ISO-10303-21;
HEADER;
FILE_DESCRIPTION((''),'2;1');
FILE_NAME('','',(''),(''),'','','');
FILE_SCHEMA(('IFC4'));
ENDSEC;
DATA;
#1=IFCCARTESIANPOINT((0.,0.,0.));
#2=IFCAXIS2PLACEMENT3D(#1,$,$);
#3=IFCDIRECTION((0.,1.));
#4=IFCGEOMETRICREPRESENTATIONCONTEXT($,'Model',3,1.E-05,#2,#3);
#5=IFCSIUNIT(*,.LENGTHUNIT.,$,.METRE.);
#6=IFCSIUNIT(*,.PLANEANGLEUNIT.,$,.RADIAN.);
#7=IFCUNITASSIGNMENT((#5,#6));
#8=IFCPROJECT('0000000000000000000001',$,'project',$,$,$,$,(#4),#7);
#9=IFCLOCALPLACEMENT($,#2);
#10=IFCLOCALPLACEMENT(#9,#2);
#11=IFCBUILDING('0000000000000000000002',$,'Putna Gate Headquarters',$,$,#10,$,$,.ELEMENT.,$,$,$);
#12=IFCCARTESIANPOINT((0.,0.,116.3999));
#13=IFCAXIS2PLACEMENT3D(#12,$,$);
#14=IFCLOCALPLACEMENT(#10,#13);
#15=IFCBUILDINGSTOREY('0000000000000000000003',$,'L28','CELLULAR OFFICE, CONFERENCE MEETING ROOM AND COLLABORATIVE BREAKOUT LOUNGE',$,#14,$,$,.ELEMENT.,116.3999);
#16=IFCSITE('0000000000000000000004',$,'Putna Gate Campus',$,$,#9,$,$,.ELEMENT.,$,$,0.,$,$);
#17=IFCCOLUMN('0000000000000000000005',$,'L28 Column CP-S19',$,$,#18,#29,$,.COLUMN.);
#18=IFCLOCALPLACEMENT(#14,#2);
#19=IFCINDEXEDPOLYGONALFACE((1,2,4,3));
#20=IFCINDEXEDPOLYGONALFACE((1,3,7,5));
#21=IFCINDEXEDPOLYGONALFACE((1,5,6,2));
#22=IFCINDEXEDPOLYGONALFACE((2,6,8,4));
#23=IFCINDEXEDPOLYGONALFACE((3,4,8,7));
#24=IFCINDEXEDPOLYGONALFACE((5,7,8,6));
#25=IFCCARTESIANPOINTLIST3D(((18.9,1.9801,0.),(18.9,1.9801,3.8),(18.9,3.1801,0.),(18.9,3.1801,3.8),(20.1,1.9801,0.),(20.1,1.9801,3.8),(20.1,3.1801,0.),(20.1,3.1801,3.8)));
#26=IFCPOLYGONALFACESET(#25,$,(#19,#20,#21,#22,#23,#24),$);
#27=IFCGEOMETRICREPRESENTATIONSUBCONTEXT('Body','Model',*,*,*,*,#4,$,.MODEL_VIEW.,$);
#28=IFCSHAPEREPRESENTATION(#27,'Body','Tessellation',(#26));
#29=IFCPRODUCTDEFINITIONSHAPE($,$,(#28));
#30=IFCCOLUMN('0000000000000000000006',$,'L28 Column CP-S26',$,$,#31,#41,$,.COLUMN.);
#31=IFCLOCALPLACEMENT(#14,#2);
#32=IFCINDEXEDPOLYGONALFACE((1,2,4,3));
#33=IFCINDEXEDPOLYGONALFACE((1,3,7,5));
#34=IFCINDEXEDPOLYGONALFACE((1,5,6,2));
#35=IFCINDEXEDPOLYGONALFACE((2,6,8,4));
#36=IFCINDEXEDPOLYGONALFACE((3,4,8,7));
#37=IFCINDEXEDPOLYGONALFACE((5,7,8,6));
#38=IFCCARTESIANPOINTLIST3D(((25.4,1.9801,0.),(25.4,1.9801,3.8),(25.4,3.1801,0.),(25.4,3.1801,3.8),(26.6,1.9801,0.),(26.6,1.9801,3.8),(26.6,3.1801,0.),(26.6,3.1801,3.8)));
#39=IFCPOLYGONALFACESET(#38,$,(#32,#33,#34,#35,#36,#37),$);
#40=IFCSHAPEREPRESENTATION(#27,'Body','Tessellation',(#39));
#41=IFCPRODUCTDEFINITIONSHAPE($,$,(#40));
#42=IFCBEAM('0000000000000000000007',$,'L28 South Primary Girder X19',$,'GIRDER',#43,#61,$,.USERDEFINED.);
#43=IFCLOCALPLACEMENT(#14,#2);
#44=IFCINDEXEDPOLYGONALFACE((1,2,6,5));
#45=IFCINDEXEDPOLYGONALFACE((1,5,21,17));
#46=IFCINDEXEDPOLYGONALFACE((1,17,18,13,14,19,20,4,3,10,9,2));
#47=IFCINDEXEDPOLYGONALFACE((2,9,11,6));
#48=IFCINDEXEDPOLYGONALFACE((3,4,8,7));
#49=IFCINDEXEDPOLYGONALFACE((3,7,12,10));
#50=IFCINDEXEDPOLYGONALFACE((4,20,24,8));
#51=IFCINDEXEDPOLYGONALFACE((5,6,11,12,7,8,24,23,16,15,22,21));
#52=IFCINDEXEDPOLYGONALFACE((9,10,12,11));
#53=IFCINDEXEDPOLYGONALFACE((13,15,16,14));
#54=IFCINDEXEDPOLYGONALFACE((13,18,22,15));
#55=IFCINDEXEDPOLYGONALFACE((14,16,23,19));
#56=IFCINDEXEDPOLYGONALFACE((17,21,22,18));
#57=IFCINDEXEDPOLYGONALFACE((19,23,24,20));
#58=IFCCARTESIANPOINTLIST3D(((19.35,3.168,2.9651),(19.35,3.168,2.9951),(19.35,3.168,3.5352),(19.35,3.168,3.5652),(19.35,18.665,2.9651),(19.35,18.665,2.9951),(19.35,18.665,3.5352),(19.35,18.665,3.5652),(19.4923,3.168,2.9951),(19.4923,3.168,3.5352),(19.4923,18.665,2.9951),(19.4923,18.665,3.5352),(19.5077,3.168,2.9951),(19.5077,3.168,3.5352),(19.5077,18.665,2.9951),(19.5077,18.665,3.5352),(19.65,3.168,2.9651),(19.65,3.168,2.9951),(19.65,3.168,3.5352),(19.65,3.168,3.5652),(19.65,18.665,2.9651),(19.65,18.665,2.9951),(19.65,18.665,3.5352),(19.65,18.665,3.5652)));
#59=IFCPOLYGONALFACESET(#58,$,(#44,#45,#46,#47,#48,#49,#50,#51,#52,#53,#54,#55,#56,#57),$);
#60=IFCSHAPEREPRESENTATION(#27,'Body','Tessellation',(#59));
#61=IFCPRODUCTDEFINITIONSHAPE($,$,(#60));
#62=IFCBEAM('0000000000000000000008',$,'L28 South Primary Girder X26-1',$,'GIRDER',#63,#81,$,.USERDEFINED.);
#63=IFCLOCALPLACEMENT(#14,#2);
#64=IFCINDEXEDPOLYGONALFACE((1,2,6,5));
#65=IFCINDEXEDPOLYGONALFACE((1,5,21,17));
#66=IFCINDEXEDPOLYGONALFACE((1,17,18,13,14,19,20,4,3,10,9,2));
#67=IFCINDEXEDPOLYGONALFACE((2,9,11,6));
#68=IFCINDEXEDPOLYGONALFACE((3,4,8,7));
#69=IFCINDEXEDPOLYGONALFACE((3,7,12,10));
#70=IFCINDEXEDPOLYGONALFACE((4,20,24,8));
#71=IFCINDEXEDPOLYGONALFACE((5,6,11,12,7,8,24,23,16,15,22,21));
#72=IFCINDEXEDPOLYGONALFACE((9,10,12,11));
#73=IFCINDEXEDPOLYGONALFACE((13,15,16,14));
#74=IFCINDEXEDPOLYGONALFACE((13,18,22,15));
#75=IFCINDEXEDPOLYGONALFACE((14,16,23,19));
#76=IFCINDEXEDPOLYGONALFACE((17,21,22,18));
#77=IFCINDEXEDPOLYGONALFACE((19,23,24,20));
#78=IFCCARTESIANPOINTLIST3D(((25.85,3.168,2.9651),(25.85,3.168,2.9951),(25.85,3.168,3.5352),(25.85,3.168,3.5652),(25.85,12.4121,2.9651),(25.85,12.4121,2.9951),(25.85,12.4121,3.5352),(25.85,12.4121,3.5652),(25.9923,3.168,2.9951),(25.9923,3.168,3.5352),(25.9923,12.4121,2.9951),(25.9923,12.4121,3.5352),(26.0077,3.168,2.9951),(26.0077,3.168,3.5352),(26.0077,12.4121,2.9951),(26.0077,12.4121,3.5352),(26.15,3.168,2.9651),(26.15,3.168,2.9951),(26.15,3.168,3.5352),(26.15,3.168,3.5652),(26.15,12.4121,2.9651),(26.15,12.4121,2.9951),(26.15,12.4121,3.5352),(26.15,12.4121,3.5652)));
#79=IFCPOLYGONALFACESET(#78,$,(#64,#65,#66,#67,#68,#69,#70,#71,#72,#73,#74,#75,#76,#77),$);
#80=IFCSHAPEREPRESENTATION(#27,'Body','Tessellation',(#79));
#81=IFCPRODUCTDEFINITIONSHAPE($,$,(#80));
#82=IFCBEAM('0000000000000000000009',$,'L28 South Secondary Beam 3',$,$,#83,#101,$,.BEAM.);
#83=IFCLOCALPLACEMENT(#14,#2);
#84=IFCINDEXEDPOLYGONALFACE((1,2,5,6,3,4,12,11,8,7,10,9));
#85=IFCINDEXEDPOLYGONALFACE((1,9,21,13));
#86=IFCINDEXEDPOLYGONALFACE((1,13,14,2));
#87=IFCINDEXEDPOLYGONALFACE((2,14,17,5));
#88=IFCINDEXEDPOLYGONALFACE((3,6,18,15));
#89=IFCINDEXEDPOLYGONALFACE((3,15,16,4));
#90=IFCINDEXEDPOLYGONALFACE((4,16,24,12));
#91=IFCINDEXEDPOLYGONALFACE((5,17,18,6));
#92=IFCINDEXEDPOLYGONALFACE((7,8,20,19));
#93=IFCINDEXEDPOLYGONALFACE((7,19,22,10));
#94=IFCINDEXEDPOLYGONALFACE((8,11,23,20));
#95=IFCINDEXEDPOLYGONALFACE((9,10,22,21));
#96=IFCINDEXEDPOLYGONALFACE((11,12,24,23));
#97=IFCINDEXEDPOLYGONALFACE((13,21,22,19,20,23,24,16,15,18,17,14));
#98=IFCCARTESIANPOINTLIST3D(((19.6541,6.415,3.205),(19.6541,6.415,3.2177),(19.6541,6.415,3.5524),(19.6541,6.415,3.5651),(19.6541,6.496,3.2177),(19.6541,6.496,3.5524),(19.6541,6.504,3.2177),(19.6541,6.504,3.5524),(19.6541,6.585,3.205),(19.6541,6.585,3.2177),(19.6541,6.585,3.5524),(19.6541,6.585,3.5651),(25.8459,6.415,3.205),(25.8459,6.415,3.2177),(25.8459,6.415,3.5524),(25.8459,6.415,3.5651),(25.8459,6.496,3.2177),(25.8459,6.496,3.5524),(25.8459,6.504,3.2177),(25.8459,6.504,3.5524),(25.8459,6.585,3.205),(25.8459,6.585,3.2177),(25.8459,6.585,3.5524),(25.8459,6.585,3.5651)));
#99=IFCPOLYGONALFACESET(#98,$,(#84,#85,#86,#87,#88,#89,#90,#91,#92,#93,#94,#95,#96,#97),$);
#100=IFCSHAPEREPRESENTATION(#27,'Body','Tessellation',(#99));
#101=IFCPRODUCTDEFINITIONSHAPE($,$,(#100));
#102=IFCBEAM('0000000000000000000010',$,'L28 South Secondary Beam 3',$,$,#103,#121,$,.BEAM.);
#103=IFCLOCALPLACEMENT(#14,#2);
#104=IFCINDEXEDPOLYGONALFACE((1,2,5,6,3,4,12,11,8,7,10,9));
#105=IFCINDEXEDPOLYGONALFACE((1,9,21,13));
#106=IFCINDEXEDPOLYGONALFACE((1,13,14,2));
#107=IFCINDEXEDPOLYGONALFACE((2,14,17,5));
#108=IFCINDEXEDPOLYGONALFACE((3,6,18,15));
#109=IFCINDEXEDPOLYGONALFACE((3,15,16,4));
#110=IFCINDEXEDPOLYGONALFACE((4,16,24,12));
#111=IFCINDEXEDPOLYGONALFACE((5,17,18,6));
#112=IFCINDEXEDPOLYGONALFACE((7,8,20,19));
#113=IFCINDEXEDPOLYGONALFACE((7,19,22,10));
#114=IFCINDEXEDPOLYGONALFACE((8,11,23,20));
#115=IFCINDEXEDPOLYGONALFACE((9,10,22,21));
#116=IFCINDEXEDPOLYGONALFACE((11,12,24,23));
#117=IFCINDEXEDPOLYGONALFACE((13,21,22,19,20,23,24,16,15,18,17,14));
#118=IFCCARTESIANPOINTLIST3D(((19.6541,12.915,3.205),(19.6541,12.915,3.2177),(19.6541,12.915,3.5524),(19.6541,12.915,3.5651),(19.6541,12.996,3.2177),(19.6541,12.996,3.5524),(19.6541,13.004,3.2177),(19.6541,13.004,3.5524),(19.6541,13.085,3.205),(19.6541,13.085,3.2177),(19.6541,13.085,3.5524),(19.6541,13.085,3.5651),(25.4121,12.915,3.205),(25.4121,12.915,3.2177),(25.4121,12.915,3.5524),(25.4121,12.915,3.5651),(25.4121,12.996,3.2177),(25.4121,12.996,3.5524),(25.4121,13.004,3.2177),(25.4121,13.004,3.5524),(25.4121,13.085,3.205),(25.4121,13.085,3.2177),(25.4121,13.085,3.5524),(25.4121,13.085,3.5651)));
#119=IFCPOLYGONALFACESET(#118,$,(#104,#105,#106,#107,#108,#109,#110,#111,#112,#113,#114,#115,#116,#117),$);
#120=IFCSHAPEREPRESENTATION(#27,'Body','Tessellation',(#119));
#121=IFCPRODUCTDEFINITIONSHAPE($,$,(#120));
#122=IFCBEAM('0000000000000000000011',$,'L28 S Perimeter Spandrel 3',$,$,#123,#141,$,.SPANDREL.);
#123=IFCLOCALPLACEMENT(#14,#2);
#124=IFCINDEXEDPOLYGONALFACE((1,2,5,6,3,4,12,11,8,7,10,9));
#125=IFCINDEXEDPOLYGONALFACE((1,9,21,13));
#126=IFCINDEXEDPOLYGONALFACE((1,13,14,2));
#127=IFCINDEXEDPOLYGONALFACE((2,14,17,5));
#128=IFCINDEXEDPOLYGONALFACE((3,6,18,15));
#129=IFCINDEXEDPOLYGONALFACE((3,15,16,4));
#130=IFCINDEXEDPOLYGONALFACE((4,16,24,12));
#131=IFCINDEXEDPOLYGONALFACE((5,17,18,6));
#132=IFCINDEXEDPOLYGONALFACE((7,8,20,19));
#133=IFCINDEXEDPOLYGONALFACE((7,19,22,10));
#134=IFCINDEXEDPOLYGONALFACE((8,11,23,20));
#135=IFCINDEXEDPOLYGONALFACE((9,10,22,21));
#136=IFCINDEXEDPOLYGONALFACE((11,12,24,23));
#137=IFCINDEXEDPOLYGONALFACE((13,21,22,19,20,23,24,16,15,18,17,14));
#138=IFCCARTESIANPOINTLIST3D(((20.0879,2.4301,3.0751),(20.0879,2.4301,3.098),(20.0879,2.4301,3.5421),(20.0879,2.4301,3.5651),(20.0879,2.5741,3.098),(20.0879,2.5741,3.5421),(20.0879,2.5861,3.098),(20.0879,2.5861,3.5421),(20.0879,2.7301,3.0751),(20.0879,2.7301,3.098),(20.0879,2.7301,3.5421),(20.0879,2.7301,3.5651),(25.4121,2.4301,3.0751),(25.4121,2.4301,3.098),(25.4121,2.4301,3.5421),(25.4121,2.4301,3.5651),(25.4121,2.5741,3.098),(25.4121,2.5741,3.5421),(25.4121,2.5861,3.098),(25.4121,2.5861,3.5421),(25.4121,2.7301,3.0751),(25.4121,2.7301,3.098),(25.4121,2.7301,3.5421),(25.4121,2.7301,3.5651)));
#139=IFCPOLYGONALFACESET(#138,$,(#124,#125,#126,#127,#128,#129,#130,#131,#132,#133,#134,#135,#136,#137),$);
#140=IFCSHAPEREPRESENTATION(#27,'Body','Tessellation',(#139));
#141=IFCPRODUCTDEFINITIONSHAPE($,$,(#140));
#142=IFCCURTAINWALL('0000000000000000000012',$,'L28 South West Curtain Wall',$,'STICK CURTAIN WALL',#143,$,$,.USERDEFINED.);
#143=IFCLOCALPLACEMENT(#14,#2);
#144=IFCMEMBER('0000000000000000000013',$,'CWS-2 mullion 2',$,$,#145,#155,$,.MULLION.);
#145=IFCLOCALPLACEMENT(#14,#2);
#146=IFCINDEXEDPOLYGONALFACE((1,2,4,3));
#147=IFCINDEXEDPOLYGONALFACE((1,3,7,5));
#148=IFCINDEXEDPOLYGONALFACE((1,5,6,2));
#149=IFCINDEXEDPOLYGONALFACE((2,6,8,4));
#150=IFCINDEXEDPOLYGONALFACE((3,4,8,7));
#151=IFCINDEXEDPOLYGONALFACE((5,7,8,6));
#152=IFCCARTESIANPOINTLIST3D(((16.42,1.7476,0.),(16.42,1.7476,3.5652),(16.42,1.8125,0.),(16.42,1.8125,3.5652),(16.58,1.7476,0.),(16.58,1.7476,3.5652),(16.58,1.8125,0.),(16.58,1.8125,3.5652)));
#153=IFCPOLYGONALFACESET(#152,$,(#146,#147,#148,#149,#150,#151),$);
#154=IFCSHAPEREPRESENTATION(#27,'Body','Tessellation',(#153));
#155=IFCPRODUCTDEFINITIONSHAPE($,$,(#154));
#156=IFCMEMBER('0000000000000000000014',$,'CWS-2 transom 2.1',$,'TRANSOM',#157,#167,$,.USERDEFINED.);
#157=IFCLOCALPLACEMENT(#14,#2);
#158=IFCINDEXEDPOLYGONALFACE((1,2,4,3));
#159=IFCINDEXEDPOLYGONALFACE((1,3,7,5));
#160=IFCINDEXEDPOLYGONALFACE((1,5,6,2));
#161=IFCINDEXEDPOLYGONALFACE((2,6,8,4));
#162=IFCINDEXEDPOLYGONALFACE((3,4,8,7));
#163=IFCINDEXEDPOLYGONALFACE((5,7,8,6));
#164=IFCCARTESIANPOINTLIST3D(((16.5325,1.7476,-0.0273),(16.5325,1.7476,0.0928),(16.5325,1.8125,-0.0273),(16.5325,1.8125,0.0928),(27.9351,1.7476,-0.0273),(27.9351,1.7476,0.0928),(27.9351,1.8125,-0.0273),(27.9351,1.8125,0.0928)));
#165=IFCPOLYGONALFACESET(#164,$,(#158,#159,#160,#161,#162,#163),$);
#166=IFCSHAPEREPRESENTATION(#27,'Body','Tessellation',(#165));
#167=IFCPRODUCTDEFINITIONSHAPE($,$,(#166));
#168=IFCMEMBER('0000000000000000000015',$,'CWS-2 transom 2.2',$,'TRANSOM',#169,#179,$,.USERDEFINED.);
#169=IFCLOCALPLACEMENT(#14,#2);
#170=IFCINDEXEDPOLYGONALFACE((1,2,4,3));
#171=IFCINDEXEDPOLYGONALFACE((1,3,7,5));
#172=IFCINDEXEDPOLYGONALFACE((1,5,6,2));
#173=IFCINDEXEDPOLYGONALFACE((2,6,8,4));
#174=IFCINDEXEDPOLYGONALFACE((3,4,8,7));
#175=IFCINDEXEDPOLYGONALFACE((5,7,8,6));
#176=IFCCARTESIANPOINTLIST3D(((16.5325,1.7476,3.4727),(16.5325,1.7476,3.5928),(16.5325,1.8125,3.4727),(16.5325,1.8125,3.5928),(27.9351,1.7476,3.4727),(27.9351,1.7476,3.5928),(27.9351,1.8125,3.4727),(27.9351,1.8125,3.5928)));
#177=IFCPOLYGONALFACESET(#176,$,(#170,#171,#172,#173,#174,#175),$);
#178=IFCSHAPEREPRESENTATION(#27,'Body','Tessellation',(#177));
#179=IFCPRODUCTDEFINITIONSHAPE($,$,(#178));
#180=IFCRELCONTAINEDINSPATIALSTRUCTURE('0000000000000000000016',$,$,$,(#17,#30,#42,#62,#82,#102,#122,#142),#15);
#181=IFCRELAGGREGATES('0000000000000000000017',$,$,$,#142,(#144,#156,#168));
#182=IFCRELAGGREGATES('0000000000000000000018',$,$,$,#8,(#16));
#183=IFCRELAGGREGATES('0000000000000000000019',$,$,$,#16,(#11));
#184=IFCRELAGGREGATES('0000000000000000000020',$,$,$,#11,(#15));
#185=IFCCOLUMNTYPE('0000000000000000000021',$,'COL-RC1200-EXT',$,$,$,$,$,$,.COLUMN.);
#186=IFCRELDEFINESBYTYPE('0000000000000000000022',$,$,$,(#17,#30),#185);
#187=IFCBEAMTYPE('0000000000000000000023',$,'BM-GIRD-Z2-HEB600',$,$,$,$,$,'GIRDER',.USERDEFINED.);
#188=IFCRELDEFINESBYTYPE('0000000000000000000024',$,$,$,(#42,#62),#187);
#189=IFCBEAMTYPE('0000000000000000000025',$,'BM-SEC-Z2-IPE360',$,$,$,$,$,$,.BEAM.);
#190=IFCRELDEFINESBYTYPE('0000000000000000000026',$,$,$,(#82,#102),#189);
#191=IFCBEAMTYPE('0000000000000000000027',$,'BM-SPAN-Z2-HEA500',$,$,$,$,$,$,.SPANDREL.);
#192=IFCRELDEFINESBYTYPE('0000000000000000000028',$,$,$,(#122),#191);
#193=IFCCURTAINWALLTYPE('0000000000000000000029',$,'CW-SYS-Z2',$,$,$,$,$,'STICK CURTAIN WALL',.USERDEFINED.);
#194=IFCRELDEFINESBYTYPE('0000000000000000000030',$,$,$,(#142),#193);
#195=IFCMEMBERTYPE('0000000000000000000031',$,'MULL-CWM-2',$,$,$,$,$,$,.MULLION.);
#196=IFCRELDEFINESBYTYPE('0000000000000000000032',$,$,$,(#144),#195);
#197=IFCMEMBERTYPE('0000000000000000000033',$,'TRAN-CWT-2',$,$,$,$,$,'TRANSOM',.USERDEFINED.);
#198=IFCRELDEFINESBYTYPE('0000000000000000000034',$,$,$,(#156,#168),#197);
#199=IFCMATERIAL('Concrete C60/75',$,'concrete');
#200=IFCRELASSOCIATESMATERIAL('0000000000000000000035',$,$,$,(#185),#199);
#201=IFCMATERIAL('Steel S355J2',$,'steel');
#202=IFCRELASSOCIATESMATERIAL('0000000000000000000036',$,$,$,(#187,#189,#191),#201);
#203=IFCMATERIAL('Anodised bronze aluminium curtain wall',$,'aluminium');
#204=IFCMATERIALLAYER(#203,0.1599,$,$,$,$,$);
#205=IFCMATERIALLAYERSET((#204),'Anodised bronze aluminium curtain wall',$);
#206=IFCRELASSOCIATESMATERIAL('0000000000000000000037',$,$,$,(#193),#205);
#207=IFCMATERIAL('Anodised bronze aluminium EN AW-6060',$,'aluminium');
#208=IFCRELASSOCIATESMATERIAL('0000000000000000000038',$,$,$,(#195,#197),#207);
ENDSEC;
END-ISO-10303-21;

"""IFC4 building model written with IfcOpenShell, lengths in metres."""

from ifc_helpers import new_model, si_unit, direction, frame, origin, origin_2d, place, context, subcontext, project, spatial, rectangle, i_section, extrude, material, layer, layer_set, material_profile, profile_set, type_object, element, aggregate, save


model = new_model("IFC4")

# Units and contexts
model_context = context("Model", 3, precision=1e-05, world=origin(), true_north=direction((0.0, 1.0)))
body_context = subcontext(model_context, "Body", "Model", "MODEL_VIEW")
ifc_project = project(units=[si_unit("LENGTHUNIT", "METRE"), si_unit("PLANEANGLEUNIT", "RADIAN")], contexts=[model_context])

# Site, building, storey
site_placement = place(None, origin())
site = spatial("IfcSite", under=ifc_project, at=site_placement, Name="Putna Gate Campus", CompositionType="ELEMENT", RefElevation=0.0)
building_placement = place(site_placement, origin())
building = spatial("IfcBuilding", under=site, at=building_placement, Name="Putna Gate Headquarters", CompositionType="ELEMENT")
storey_placement = place(building_placement, frame((0.0, 0.0, 116.3999)))
storey = spatial("IfcBuildingStorey", under=building, at=storey_placement, Name="L28", Description="CELLULAR OFFICE, CONFERENCE MEETING ROOM AND COLLABORATIVE BREAKOUT LOUNGE", CompositionType="ELEMENT", Elevation=116.3999)

# Columns
ifc_material_1 = material(Name="Concrete C60/75", Category="concrete")
ifc_material_profile_1 = material_profile(ifc_material_1, rectangle(XDim=1.2, YDim=1.2, at=origin_2d()), Name="Concrete C60/75")
ifc_profile_set_1 = profile_set([ifc_material_profile_1], Name="Concrete C60/75")
column_type = type_object("IfcColumnType", Name="COL-RC1200-EXT", PredefinedType="COLUMN", material=ifc_profile_set_1)
for number, where, z_axis, x_axis, name in (
    (1, (19.5, 2.5801, 0.0), (0.0, 0.0, 1.0), (1.0, 0.0, 0.0), "L28 Column CP-S19"),
    (2, (26.0, 2.5801, 0.0), (0.0, 0.0, 1.0), (1.0, 0.0, 0.0), "L28 Column CP-S26"),
):
    element("IfcColumn", number, at=place(storey_placement, frame(where, z_axis=z_axis, x_axis=x_axis)), inside=storey, type_object=column_type, Name=name, PredefinedType="COLUMN", context=body_context, shape_type="SweptSolid", body=[
        extrude(rectangle(XDim=1.2, YDim=1.2, at=origin_2d()), origin(), (0.0, 0.0, 1.0), 3.8),
    ])

# Beams
ifc_material_2 = material(Name="Steel S355J2", Category="steel")
ifc_material_profile_2 = material_profile(ifc_material_2, i_section(OverallWidth=0.3, OverallDepth=0.6001, WebThickness=0.0154, FlangeThickness=0.03, at=origin_2d()), Name="Steel S355J2")
ifc_profile_set_2 = profile_set([ifc_material_profile_2], Name="Steel S355J2")
beam_type_1 = type_object("IfcBeamType", Name="BM-GIRD-Z2-HEB600", ElementType="GIRDER", PredefinedType="USERDEFINED", material=ifc_profile_set_2)
beam_1_placement = place(storey_placement, frame((19.5, 3.168, 3.2651), z_axis=(0.0, 1.0, 0.0), x_axis=(-1.0, 0.0, 0.0)))
element("IfcBeam", 3, at=beam_1_placement, inside=storey, type_object=beam_type_1, Name="L28 South Primary Girder X19", ObjectType="GIRDER", PredefinedType="USERDEFINED", context=body_context, shape_type="SweptSolid", body=[
    extrude(i_section(OverallWidth=0.3, OverallDepth=0.6001, WebThickness=0.0154, FlangeThickness=0.03, at=origin_2d()), origin(), (0.0, 0.0, 1.0), 15.4971),
])
beam_2_placement = place(storey_placement, frame((26.0, 3.168, 3.2651), z_axis=(0.0, 1.0, 0.0), x_axis=(-1.0, 0.0, 0.0)))
element("IfcBeam", 4, at=beam_2_placement, inside=storey, type_object=beam_type_1, Name="L28 South Primary Girder X26-1", ObjectType="GIRDER", PredefinedType="USERDEFINED", context=body_context, shape_type="SweptSolid", body=[
    extrude(i_section(OverallWidth=0.3, OverallDepth=0.6001, WebThickness=0.0154, FlangeThickness=0.03, at=origin_2d()), origin(), (0.0, 0.0, 1.0), 9.2441),
])
ifc_material_profile_3 = material_profile(ifc_material_2, i_section(OverallWidth=0.1699, OverallDepth=0.3601, WebThickness=0.0081, FlangeThickness=0.0127, at=origin_2d()), Name="Steel S355J2")
ifc_profile_set_3 = profile_set([ifc_material_profile_3], Name="Steel S355J2")
beam_type_2 = type_object("IfcBeamType", Name="BM-SEC-Z2-IPE360", PredefinedType="BEAM", material=ifc_profile_set_3)
beam_3_placement = place(storey_placement, frame((19.6541, 6.5, 3.385), z_axis=(1.0, 0.0, 0.0), x_axis=(0.0, 1.0, 0.0)))
element("IfcBeam", 5, at=beam_3_placement, inside=storey, type_object=beam_type_2, Name="L28 South Secondary Beam 3", PredefinedType="BEAM", context=body_context, shape_type="SweptSolid", body=[
    extrude(i_section(OverallWidth=0.1699, OverallDepth=0.3601, WebThickness=0.0081, FlangeThickness=0.0127, at=origin_2d()), origin(), (0.0, 0.0, 1.0), 6.1919),
])
beam_4_placement = place(storey_placement, frame((19.6541, 13.0, 3.385), z_axis=(1.0, 0.0, 0.0), x_axis=(0.0, 1.0, 0.0)))
element("IfcBeam", 6, at=beam_4_placement, inside=storey, type_object=beam_type_2, Name="L28 South Secondary Beam 3", PredefinedType="BEAM", context=body_context, shape_type="SweptSolid", body=[
    extrude(i_section(OverallWidth=0.1699, OverallDepth=0.3601, WebThickness=0.0081, FlangeThickness=0.0127, at=origin_2d()), origin(), (0.0, 0.0, 1.0), 5.7581),
])
ifc_material_profile_4 = material_profile(ifc_material_2, i_section(OverallWidth=0.3, OverallDepth=0.49, WebThickness=0.012, FlangeThickness=0.0229, at=origin_2d()), Name="Steel S355J2")
ifc_profile_set_4 = profile_set([ifc_material_profile_4], Name="Steel S355J2")
beam_type_3 = type_object("IfcBeamType", Name="BM-SPAN-Z2-HEA500", PredefinedType="SPANDREL", material=ifc_profile_set_4)
beam_5_placement = place(storey_placement, frame((20.0879, 2.5801, 3.3201), z_axis=(1.0, 0.0, 0.0), x_axis=(0.0, 1.0, 0.0)))
element("IfcBeam", 7, at=beam_5_placement, inside=storey, type_object=beam_type_3, Name="L28 S Perimeter Spandrel 3", PredefinedType="SPANDREL", context=body_context, shape_type="SweptSolid", body=[
    extrude(i_section(OverallWidth=0.3, OverallDepth=0.49, WebThickness=0.012, FlangeThickness=0.0229, at=origin_2d()), origin(), (0.0, 0.0, 1.0), 5.3242),
])

# Curtain wall, members
ifc_material_3 = material(Name="Anodised bronze aluminium curtain wall", Category="aluminium")
ifc_layer_1 = layer(ifc_material_3, 0.1599)
ifc_layer_set_1 = layer_set([ifc_layer_1], Name="Anodised bronze aluminium curtain wall")
curtain_wall_type = type_object("IfcCurtainWallType", Name="CW-SYS-Z2", ElementType="STICK CURTAIN WALL", PredefinedType="USERDEFINED", material=ifc_layer_set_1)
curtain_wall_placement = place(storey_placement, origin())
curtain_wall = element("IfcCurtainWall", 8, at=curtain_wall_placement, inside=storey, type_object=curtain_wall_type, Name="L28 South West Curtain Wall", ObjectType="STICK CURTAIN WALL", PredefinedType="USERDEFINED")
ifc_material_4 = material(Name="Anodised bronze aluminium EN AW-6060", Category="aluminium")
ifc_material_profile_5 = material_profile(ifc_material_4, rectangle(XDim=0.0649, YDim=0.1599, at=origin_2d()), Name="Anodised bronze aluminium EN AW-6060")
ifc_profile_set_5 = profile_set([ifc_material_profile_5], Name="Anodised bronze aluminium EN AW-6060")
member_type_1 = type_object("IfcMemberType", Name="MULL-CWM-2", PredefinedType="MULLION", material=ifc_profile_set_5)
member_1_placement = place(storey_placement, frame((16.5, 1.78, 0.0), z_axis=(0.0, 0.0, 1.0), x_axis=(0.0, 1.0, 0.0)))
member_1 = element("IfcMember", 9, at=member_1_placement, type_object=member_type_1, Name="CWS-2 mullion 2", PredefinedType="MULLION", context=body_context, shape_type="SweptSolid", body=[
    extrude(rectangle(XDim=0.0649, YDim=0.1599, at=origin_2d()), origin(), (0.0, 0.0, 1.0), 3.5652),
])
ifc_material_profile_6 = material_profile(ifc_material_4, rectangle(XDim=0.0649, YDim=0.1201, at=origin_2d()), Name="Anodised bronze aluminium EN AW-6060")
ifc_profile_set_6 = profile_set([ifc_material_profile_6], Name="Anodised bronze aluminium EN AW-6060")
member_type_2 = type_object("IfcMemberType", Name="TRAN-CWT-2", ElementType="TRANSOM", PredefinedType="USERDEFINED", material=ifc_profile_set_6)
member_2_placement = place(storey_placement, frame((16.5325, 1.78, 0.0327), z_axis=(1.0, 0.0, 0.0), x_axis=(0.0, 1.0, 0.0)))
member_2 = element("IfcMember", 10, at=member_2_placement, type_object=member_type_2, Name="CWS-2 transom 2.1", ObjectType="TRANSOM", PredefinedType="USERDEFINED", context=body_context, shape_type="SweptSolid", body=[
    extrude(rectangle(XDim=0.0649, YDim=0.1201, at=origin_2d()), origin(), (0.0, 0.0, 1.0), 11.4026),
])
member_3_placement = place(storey_placement, frame((16.5325, 1.78, 3.5327), z_axis=(1.0, 0.0, 0.0), x_axis=(0.0, 1.0, 0.0)))
member_3 = element("IfcMember", 11, at=member_3_placement, type_object=member_type_2, Name="CWS-2 transom 2.2", ObjectType="TRANSOM", PredefinedType="USERDEFINED", context=body_context, shape_type="SweptSolid", body=[
    extrude(rectangle(XDim=0.0649, YDim=0.1201, at=origin_2d()), origin(), (0.0, 0.0, 1.0), 11.4026),
])
aggregate(curtain_wall, [member_1, member_2, member_3])

save(model, "model.ifc")
